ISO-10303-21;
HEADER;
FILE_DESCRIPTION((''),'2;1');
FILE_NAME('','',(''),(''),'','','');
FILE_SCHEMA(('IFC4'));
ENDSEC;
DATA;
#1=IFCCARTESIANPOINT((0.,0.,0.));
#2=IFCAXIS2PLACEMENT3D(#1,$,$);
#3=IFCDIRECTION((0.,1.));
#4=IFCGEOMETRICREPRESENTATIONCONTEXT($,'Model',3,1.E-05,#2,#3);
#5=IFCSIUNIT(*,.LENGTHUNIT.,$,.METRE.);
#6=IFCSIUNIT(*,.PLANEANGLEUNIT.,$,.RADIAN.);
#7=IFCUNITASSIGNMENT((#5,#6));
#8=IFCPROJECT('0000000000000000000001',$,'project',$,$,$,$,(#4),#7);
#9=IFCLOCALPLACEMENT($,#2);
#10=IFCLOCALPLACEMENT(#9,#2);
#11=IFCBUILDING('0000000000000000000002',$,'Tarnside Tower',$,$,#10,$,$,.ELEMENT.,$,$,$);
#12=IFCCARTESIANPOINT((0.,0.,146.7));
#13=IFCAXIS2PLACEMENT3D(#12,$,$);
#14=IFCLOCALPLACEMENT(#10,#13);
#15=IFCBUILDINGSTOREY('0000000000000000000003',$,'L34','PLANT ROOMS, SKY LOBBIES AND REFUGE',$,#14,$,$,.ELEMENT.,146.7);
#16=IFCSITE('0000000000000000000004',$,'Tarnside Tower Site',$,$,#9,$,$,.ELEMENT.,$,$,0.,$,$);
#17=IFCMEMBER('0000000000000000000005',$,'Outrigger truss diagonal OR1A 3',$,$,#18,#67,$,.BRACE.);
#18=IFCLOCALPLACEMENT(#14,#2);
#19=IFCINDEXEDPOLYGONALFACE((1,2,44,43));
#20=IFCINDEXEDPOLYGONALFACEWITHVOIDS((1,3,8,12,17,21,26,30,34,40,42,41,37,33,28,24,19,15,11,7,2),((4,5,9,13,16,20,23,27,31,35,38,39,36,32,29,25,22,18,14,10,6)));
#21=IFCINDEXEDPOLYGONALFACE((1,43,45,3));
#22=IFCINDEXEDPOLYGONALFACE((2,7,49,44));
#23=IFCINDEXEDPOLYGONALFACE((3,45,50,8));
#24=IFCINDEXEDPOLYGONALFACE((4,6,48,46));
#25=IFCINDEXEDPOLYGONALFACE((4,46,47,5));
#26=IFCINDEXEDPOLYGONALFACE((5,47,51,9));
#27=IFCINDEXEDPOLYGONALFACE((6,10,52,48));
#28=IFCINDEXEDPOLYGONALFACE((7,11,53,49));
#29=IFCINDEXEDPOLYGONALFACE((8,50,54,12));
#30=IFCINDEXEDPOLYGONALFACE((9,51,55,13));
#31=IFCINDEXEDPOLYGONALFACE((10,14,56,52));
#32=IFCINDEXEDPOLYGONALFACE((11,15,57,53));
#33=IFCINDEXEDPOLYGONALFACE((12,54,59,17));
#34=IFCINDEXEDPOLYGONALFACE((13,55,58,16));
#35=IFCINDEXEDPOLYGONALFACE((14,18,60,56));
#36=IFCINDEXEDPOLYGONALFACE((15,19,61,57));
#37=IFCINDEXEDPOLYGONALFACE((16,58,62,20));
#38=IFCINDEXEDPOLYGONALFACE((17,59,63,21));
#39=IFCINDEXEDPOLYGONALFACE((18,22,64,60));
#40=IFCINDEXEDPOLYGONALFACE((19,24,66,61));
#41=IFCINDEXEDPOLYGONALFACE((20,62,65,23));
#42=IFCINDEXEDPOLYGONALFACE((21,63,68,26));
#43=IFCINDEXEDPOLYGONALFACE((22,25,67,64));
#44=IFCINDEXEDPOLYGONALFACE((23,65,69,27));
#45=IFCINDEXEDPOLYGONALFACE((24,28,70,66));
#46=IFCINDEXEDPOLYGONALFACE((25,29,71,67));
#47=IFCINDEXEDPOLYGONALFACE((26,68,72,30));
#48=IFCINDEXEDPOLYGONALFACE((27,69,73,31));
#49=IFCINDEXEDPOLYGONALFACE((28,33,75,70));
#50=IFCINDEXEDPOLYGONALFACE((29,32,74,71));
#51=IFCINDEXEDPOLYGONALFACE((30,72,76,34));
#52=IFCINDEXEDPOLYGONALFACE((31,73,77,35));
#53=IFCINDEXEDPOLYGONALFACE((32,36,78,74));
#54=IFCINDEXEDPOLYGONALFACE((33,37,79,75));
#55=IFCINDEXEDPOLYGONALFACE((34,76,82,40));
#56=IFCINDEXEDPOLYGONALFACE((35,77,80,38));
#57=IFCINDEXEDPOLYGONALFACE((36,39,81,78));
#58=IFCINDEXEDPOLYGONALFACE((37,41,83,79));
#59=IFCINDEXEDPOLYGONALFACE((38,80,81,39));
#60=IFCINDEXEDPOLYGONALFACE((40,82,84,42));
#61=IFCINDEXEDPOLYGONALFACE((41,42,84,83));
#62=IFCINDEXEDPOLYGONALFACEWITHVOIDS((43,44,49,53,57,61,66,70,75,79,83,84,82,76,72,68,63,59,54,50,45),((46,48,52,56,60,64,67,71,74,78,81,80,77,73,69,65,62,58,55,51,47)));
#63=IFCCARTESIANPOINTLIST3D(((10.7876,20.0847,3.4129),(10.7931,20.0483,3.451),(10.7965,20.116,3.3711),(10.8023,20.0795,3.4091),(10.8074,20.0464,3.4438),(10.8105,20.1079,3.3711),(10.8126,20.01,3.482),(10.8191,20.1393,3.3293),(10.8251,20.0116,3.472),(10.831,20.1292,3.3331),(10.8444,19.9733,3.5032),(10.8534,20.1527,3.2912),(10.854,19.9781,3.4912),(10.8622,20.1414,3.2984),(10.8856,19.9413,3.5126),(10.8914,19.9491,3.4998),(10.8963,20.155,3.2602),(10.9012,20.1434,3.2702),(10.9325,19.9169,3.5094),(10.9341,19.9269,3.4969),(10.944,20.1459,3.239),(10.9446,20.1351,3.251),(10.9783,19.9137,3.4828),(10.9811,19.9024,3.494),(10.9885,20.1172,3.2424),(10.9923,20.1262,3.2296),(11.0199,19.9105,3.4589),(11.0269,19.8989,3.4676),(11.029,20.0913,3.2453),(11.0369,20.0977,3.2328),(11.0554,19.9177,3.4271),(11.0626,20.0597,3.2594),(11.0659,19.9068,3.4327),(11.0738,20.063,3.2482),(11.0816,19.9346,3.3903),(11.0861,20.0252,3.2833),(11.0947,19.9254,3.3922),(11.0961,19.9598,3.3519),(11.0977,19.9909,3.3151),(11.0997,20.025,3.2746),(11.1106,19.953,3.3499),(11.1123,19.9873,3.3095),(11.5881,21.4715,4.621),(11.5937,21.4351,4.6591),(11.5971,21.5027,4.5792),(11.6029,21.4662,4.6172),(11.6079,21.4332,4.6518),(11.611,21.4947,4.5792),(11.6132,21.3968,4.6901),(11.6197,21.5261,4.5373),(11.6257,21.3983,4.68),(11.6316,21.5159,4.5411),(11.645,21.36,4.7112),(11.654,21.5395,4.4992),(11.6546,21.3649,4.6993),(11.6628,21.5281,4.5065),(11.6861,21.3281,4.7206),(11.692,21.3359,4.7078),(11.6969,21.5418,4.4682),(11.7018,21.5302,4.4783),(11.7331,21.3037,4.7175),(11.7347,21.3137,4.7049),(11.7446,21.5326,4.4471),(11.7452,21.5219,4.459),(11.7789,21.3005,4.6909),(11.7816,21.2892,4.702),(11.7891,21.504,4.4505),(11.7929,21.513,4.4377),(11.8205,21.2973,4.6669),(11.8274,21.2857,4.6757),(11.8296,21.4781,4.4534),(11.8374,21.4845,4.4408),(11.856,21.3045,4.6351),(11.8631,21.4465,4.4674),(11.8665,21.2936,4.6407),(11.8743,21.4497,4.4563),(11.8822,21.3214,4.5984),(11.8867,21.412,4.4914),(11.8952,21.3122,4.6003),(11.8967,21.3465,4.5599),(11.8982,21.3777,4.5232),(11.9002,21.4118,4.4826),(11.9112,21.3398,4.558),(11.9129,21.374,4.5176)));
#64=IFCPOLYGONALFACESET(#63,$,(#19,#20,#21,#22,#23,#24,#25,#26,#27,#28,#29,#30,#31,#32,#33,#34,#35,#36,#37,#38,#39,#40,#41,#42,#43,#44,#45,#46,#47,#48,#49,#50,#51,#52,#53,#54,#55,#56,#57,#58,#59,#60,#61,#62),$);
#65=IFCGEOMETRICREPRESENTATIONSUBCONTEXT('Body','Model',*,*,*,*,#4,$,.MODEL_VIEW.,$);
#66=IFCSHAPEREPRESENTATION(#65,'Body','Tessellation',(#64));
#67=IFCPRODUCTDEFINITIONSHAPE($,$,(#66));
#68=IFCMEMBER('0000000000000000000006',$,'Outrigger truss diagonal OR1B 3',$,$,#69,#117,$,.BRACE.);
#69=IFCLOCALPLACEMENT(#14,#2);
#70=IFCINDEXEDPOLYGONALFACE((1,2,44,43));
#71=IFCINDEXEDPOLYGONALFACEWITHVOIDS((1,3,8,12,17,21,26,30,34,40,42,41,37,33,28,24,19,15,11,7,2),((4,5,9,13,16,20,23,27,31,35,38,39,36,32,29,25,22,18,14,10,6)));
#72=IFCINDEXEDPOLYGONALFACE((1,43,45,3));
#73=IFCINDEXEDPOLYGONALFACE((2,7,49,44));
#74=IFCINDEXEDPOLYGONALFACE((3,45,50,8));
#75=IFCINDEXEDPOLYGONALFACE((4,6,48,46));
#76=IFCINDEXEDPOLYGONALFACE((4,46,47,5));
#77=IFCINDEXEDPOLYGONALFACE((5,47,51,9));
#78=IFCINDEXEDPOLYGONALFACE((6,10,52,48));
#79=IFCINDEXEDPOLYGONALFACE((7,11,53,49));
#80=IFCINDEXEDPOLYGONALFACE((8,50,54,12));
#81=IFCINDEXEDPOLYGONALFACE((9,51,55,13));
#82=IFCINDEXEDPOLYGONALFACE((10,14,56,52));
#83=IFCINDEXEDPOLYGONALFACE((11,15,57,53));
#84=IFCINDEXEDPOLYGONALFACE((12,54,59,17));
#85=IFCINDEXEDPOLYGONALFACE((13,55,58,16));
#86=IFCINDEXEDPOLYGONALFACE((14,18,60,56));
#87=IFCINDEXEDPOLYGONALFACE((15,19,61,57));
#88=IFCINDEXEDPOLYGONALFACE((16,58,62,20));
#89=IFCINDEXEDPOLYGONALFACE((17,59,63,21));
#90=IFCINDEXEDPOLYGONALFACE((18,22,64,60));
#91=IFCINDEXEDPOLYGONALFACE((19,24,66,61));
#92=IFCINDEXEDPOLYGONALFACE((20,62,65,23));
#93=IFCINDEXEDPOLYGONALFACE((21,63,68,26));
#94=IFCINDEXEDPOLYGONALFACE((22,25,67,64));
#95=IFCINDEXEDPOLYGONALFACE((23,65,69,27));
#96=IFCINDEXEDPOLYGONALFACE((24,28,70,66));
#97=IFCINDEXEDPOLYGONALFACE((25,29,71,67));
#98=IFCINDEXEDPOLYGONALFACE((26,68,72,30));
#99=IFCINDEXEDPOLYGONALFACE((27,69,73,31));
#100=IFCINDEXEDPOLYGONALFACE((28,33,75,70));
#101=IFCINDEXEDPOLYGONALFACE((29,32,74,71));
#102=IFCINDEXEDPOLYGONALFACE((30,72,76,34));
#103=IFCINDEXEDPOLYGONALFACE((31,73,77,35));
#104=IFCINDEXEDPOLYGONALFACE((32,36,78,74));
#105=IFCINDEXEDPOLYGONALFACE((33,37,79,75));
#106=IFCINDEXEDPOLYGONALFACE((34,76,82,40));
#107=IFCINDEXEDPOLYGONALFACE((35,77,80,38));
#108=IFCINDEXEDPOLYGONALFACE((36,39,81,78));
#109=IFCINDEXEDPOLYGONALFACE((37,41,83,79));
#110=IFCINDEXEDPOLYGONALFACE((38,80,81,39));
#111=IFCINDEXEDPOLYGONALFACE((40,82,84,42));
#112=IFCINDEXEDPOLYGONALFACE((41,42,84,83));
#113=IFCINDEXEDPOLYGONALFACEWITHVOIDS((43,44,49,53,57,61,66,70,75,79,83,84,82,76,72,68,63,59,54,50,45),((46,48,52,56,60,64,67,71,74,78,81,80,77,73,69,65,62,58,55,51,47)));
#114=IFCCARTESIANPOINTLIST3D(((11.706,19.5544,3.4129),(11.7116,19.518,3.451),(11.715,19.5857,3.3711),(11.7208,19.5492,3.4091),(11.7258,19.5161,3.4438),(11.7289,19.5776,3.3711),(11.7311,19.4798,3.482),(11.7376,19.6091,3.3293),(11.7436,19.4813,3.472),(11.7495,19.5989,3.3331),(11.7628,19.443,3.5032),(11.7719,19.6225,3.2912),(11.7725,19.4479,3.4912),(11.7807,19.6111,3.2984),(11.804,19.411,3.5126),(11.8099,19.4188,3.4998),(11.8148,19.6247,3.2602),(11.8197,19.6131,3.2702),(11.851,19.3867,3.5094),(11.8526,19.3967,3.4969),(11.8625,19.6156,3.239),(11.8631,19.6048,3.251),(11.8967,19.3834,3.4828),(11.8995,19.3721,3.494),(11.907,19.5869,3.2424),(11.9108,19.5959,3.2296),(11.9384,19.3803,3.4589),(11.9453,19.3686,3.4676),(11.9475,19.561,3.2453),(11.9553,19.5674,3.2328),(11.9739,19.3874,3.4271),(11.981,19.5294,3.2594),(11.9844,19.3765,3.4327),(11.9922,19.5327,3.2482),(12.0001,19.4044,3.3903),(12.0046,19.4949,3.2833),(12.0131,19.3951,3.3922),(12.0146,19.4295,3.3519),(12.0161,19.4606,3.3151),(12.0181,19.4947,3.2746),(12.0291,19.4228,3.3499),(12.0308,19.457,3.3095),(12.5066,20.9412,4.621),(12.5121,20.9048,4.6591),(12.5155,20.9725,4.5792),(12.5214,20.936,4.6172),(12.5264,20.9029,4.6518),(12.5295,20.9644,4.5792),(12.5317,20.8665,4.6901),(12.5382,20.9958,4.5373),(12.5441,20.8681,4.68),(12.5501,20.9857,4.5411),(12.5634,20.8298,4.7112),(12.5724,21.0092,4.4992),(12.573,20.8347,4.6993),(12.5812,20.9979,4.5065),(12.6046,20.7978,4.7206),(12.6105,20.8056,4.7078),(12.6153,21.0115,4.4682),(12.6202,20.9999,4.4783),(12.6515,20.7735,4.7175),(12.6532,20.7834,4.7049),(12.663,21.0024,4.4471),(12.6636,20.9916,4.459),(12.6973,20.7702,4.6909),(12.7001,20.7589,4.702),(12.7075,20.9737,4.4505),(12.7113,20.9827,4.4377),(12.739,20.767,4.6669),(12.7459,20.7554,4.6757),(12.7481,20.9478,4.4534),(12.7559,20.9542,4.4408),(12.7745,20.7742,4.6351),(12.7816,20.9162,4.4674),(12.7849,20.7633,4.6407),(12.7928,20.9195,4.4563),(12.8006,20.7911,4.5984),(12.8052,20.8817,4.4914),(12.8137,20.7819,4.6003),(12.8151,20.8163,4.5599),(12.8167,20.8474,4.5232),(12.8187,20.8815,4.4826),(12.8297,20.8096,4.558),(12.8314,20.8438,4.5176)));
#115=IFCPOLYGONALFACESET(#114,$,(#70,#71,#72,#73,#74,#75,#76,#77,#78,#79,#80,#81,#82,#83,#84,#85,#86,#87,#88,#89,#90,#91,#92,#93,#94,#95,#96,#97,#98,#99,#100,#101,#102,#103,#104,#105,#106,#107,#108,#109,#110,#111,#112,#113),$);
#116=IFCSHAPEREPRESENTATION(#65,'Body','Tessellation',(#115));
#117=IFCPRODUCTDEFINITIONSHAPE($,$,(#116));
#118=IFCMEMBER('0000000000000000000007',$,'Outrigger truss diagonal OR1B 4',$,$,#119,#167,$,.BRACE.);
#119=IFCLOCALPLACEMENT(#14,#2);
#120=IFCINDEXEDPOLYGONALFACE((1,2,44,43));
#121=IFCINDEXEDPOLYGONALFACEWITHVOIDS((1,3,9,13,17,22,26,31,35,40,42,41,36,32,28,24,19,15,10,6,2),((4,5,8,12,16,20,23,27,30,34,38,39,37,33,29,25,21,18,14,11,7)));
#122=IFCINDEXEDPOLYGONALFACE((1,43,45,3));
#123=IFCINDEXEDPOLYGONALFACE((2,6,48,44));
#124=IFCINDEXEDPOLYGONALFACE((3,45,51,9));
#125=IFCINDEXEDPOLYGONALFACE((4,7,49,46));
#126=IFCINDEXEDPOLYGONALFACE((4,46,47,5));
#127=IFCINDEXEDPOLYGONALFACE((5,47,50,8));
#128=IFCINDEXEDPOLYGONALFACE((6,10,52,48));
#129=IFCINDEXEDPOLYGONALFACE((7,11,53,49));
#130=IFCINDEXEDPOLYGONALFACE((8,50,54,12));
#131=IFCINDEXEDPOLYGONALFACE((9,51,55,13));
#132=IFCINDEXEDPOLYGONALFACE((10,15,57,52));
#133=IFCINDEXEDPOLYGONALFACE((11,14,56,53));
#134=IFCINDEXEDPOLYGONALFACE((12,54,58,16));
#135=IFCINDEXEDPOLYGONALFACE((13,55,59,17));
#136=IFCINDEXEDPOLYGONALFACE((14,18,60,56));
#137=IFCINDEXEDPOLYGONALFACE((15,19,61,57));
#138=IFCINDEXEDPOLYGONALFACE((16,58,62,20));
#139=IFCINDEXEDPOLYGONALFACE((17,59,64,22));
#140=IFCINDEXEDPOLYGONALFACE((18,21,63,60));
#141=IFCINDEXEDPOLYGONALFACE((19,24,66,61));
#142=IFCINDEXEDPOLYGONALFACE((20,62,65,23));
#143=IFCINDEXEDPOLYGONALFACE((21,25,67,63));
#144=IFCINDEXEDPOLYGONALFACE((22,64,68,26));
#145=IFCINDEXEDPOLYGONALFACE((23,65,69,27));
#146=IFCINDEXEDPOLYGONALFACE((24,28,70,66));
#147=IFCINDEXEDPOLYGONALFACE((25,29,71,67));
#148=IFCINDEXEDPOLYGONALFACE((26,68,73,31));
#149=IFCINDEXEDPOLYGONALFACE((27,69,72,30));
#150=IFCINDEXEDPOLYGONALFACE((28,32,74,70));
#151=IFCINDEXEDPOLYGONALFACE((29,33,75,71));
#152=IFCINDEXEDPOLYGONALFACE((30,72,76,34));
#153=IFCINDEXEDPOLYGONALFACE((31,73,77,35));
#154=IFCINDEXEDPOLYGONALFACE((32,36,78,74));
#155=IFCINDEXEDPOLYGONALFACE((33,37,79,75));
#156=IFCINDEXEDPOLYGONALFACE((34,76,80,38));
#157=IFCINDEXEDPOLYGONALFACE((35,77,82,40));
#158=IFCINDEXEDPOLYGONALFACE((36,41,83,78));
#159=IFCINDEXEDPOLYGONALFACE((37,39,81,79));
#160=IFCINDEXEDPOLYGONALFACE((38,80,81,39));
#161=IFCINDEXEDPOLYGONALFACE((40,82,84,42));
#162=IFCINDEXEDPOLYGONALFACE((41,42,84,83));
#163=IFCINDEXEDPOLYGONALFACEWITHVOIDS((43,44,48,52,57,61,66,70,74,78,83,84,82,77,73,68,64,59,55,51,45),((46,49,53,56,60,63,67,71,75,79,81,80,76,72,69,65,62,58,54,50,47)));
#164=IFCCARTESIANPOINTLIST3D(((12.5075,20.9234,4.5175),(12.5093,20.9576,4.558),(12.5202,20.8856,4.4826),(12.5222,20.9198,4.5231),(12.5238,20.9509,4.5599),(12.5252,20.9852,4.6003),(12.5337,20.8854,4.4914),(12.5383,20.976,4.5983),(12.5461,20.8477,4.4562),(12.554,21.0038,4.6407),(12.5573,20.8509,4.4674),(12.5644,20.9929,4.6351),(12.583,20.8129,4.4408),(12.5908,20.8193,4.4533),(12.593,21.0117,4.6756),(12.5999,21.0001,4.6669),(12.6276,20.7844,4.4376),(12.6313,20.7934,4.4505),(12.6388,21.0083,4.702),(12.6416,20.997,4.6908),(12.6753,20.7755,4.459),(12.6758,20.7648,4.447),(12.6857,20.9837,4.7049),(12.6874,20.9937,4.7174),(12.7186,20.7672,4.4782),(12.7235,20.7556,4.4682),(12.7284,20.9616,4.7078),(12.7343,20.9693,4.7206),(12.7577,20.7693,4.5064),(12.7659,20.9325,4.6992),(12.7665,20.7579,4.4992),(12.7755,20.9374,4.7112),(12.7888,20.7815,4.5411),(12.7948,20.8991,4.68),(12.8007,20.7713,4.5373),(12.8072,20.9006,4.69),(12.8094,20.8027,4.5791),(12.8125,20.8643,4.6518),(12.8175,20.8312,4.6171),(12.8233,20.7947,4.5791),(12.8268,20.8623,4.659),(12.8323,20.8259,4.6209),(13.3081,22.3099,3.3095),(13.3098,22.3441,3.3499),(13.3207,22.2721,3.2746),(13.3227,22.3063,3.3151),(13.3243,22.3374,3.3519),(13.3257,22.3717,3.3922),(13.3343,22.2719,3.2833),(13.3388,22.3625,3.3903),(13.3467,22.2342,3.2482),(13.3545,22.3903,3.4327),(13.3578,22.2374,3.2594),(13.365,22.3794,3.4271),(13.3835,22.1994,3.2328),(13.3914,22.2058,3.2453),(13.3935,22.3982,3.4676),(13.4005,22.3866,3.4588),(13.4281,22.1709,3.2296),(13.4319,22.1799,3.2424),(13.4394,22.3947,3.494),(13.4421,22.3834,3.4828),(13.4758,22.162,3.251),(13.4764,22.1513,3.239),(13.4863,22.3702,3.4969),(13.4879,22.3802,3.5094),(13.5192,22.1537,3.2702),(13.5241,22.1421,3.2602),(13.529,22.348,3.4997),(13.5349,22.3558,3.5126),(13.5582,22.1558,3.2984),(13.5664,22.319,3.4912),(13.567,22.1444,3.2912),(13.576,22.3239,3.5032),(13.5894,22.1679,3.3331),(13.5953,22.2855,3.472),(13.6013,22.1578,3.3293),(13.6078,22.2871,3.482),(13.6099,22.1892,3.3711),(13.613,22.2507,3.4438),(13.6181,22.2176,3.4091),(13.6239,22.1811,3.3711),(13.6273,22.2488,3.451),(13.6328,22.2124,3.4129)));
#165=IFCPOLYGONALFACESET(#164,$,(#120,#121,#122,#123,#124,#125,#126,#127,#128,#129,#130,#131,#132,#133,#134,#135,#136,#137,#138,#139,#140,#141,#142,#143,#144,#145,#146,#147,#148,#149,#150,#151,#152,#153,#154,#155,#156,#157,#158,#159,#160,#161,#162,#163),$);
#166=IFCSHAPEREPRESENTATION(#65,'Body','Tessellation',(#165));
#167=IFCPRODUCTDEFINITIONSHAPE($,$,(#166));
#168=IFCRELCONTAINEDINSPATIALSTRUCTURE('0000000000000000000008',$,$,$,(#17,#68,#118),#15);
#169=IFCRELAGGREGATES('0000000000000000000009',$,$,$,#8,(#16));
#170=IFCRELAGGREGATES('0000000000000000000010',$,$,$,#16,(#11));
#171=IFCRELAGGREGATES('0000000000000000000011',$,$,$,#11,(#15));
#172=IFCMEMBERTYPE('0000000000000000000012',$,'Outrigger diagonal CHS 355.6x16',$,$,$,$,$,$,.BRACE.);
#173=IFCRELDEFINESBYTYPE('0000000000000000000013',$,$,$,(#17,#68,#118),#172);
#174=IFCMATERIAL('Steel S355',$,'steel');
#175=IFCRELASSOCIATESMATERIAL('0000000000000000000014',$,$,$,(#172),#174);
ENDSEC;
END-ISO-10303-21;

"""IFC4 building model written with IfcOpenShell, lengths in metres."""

from ifc_helpers import new_model, si_unit, direction, frame, origin, origin_2d, place, context, subcontext, project, spatial, hollow_circle, extrude, material, material_profile, profile_set, type_object, element, save


model = new_model("IFC4")

# Units and contexts
model_context = context("Model", 3, precision=1e-05, world=origin(), true_north=direction((0.0, 1.0)))
body_context = subcontext(model_context, "Body", "Model", "MODEL_VIEW")
ifc_project = project(units=[si_unit("LENGTHUNIT", "METRE"), si_unit("PLANEANGLEUNIT", "RADIAN")], contexts=[model_context])

# Site, building, storey
site_placement = place(None, origin())
site = spatial("IfcSite", under=ifc_project, at=site_placement, Name="Tarnside Tower Site", CompositionType="ELEMENT", RefElevation=0.0)
building_placement = place(site_placement, origin())
building = spatial("IfcBuilding", under=site, at=building_placement, Name="Tarnside Tower", CompositionType="ELEMENT")
storey_placement = place(building_placement, frame((0.0, 0.0, 146.7)))
storey = spatial("IfcBuildingStorey", under=building, at=storey_placement, Name="L34", Description="PLANT ROOMS, SKY LOBBIES AND REFUGE", CompositionType="ELEMENT", Elevation=146.7)

# Members
ifc_material_1 = material(Name="Steel S355", Category="steel")
ifc_material_profile_1 = material_profile(ifc_material_1, hollow_circle(Radius=0.1777, WallThickness=0.0161, at=origin_2d()), Name="CHS 355.6x16")
ifc_profile_set_1 = profile_set([ifc_material_profile_1], Name="Steel S355")
member_type_1 = type_object("IfcMemberType", Name="Outrigger diagonal CHS 355.6x16", PredefinedType="BRACE", material=ifc_profile_set_1)
for number, where, z_axis, x_axis, name in (
    (1, (10.9504, 20.0271, 3.3711), (0.399116, 0.691363, 0.602265), (-0.866048, 0.49996, 0.0), "Outrigger truss diagonal OR1A 3"),
    (2, (11.8689, 19.4968, 3.3711), (0.399116, 0.691363, 0.602265), (-0.866048, 0.49996, 0.0), "Outrigger truss diagonal OR1B 3"),
):
    element("IfcMember", number, at=place(storey_placement, frame(where, z_axis=z_axis, x_axis=x_axis)), inside=storey, type_object=member_type_1, Name=name, PredefinedType="BRACE", context=body_context, shape_type="SweptSolid", body=[
        extrude(hollow_circle(Radius=0.1777, WallThickness=0.0161, at=origin_2d()), origin(), (0.0, 0.0, 1.0), 2.0059),
    ])
member_1_placement = place(storey_placement, frame((13.47, 22.27, 3.3711), z_axis=(-0.39915, -0.6913, 0.602316), x_axis=(0.86601, -0.500026, 0.0)))
element("IfcMember", 3, at=member_1_placement, inside=storey, type_object=member_type_1, Name="Outrigger truss diagonal OR1B 4", PredefinedType="BRACE", context=body_context, shape_type="SweptSolid", body=[
    extrude(hollow_circle(Radius=0.1777, WallThickness=0.0161, at=origin_2d()), origin(), (0.0, 0.0, 1.0), 2.0056),
])

save(model, "model.ifc")
